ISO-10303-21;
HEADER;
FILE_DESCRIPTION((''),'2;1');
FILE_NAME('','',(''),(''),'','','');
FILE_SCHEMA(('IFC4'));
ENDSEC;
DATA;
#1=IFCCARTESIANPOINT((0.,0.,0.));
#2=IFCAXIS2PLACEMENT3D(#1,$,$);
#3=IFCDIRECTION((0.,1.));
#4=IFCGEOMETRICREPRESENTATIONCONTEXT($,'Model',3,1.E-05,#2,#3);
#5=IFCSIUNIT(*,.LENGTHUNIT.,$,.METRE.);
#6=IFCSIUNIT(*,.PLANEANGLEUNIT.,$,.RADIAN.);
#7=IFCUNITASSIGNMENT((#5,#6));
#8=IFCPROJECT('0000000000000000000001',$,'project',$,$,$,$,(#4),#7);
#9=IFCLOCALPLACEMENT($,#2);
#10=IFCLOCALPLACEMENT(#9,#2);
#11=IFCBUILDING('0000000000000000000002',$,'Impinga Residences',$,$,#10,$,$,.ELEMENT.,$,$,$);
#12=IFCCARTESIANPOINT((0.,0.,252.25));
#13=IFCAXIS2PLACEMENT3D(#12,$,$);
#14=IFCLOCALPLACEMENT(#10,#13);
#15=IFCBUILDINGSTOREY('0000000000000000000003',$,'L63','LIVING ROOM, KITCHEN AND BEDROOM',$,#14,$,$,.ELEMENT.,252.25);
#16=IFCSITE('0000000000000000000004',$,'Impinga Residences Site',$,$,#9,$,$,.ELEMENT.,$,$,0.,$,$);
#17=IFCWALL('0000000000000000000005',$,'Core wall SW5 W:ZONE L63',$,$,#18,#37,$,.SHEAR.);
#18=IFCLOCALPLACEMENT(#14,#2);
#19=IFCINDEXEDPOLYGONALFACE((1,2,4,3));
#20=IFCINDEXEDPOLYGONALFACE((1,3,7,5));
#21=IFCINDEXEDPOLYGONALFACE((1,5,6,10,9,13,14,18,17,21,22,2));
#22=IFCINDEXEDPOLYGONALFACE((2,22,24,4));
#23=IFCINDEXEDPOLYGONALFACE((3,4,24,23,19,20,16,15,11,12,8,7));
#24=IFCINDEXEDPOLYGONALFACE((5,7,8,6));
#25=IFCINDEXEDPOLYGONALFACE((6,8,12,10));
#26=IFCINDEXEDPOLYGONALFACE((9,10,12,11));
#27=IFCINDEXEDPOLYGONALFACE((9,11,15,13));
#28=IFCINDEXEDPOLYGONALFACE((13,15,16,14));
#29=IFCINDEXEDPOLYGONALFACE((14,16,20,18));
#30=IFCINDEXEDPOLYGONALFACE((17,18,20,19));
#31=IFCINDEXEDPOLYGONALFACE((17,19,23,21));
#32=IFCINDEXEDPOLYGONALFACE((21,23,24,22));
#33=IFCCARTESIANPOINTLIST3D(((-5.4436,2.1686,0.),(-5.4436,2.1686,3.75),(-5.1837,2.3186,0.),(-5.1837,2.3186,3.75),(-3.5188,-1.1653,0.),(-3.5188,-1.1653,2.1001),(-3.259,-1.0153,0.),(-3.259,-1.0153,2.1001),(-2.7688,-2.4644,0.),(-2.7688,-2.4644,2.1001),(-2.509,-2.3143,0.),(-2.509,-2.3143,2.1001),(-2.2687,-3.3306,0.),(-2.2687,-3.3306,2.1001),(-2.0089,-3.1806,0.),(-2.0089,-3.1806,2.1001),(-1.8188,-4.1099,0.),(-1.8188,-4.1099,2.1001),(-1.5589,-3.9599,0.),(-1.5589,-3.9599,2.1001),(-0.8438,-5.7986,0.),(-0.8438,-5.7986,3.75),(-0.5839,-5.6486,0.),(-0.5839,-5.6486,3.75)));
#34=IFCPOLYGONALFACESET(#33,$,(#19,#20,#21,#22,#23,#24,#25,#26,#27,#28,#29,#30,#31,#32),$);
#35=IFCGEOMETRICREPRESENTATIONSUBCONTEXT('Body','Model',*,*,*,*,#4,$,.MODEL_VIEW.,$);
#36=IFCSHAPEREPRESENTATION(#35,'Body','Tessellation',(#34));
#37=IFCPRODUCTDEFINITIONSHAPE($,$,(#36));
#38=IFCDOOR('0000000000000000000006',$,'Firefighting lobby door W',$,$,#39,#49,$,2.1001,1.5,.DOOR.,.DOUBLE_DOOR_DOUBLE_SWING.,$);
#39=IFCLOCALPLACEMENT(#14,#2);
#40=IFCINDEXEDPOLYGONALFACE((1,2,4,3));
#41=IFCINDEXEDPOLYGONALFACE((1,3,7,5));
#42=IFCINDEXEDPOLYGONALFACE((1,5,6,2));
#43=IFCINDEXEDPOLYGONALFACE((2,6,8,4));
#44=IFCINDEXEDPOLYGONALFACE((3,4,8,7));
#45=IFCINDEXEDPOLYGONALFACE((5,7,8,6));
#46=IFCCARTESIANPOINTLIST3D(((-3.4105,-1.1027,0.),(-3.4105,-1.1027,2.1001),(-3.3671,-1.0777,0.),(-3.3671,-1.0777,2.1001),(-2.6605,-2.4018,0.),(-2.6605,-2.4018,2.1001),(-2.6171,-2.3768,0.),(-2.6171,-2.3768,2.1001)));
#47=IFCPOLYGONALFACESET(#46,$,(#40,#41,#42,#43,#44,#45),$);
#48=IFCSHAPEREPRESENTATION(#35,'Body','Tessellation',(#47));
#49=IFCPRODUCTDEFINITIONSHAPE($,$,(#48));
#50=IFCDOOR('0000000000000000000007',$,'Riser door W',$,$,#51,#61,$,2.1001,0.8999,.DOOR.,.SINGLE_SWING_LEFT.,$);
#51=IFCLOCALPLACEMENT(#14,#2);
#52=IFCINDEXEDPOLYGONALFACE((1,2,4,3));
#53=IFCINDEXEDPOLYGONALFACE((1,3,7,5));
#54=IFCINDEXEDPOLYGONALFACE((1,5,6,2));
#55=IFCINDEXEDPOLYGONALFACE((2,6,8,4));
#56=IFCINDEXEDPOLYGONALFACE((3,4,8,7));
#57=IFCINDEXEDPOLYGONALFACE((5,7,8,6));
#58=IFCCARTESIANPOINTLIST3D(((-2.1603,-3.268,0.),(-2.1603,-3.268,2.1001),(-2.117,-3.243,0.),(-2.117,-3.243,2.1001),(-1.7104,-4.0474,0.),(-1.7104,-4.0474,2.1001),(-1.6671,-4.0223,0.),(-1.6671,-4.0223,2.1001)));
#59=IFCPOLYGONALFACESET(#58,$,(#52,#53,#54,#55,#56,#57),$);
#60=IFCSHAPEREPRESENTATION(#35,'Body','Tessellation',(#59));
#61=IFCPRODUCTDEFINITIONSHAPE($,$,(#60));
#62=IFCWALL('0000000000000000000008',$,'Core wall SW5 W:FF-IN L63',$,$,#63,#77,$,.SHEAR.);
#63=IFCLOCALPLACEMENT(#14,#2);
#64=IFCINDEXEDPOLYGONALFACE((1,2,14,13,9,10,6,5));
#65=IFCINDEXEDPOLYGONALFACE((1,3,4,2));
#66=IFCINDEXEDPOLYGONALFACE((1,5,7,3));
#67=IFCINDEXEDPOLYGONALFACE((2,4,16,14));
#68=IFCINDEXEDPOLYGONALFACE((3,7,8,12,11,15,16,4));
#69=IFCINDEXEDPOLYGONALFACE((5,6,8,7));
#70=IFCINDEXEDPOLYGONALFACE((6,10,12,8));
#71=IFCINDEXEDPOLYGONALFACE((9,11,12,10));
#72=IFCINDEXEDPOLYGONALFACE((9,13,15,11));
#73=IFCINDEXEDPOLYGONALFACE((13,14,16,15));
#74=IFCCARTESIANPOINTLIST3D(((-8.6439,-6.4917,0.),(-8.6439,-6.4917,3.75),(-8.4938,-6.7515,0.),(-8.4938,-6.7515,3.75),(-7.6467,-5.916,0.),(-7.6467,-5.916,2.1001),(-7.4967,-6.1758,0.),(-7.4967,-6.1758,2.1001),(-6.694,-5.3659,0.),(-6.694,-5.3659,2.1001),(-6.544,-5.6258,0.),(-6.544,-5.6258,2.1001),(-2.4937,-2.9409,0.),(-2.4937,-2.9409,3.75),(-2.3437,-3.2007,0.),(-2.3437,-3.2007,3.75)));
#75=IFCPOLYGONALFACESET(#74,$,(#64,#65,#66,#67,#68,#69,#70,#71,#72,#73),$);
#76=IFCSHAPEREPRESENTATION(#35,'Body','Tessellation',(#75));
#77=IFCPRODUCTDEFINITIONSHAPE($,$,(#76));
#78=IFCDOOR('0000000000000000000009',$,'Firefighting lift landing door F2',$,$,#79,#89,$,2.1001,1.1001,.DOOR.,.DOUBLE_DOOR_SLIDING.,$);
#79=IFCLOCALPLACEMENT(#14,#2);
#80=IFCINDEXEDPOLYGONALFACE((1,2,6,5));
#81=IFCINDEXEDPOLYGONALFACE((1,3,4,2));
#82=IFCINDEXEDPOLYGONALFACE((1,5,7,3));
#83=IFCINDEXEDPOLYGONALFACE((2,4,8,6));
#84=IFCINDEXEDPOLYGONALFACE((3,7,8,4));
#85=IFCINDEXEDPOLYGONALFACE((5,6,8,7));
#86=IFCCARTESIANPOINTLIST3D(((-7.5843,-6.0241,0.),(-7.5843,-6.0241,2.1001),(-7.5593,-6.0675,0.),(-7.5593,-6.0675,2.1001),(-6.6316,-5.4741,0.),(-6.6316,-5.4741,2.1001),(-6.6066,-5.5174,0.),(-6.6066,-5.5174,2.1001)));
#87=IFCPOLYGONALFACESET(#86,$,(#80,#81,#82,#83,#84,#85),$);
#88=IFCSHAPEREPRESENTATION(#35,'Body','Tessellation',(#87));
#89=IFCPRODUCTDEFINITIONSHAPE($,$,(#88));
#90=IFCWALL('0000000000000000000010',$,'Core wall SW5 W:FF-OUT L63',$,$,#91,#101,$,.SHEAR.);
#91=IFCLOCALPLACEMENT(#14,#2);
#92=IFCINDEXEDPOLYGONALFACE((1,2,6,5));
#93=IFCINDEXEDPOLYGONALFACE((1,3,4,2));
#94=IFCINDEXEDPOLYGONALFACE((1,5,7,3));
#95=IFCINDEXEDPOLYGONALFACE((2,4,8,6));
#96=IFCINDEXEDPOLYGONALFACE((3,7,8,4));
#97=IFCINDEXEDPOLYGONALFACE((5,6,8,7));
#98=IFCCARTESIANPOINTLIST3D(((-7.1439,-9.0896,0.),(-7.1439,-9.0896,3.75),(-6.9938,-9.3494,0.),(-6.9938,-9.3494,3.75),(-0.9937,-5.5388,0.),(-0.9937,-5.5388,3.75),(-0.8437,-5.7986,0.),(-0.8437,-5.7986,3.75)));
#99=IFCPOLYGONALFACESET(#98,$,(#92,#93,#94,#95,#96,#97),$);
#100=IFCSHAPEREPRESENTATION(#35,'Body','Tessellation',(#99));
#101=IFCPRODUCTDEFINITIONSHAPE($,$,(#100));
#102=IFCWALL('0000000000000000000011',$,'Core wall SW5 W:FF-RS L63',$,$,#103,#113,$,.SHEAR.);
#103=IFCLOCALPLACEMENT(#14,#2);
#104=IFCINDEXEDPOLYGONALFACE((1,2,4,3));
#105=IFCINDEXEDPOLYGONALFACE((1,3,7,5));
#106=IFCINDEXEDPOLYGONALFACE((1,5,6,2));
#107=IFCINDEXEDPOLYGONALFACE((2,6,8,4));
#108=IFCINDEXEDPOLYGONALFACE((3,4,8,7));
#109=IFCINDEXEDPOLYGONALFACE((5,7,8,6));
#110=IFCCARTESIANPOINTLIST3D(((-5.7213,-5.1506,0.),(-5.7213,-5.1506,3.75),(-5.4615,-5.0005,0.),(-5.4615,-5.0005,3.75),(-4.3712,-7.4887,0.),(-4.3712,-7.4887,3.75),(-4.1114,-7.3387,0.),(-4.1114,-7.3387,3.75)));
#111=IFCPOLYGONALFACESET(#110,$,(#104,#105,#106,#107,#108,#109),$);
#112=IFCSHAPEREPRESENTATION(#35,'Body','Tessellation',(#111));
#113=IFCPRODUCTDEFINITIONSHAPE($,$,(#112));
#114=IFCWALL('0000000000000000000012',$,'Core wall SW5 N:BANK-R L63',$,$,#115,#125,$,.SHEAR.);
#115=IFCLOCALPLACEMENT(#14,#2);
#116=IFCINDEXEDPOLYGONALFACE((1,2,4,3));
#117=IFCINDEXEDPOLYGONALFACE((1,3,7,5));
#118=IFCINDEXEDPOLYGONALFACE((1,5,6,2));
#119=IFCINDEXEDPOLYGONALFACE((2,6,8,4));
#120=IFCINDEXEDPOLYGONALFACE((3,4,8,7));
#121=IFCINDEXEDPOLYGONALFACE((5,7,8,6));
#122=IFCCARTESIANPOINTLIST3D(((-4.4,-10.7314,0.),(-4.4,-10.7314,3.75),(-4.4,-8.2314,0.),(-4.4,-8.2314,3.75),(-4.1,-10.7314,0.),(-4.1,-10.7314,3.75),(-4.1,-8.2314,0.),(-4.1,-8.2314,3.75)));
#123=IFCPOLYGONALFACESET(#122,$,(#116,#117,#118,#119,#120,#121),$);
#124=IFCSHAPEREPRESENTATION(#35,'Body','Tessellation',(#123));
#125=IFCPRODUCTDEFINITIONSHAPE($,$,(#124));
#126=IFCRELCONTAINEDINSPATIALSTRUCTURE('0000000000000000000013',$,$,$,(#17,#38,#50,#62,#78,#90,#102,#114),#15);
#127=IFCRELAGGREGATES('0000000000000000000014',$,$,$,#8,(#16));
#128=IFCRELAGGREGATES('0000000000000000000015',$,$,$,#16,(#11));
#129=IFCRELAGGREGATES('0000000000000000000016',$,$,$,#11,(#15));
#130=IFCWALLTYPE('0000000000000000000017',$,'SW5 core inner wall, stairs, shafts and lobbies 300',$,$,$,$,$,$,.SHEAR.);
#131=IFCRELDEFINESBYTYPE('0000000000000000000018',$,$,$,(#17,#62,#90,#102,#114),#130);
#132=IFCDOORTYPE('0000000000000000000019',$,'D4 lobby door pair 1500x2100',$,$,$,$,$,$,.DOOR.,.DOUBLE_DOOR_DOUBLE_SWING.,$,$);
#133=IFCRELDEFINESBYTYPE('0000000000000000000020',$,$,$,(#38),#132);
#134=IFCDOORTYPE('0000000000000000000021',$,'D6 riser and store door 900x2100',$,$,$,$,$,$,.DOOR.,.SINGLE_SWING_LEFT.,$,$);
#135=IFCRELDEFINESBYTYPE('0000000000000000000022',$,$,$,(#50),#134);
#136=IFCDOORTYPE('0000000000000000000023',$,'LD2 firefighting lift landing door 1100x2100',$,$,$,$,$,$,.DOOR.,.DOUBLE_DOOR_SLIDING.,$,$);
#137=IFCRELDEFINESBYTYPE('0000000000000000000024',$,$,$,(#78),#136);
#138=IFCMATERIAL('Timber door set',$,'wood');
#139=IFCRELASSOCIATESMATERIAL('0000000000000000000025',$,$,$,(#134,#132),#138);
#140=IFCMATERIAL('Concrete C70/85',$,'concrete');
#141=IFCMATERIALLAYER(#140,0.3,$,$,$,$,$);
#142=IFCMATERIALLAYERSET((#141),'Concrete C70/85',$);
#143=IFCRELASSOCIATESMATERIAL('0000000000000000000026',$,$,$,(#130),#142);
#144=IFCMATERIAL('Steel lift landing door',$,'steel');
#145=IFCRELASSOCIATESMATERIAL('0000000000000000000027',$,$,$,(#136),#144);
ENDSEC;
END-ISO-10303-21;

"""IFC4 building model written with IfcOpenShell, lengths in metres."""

from ifc_helpers import new_model, si_unit, direction, frame, frame_2d, origin, place, context, subcontext, project, spatial, rectangle, extrude, material, layer, layer_set, type_object, element, fill, save


model = new_model("IFC4")

# Units and contexts
model_context = context("Model", 3, precision=1e-05, world=origin(), true_north=direction((0.0, 1.0)))
body_context = subcontext(model_context, "Body", "Model", "MODEL_VIEW")
ifc_project = project(units=[si_unit("LENGTHUNIT", "METRE"), si_unit("PLANEANGLEUNIT", "RADIAN")], contexts=[model_context])

# Site, building, storey
site_placement = place(None, origin())
site = spatial("IfcSite", under=ifc_project, at=site_placement, Name="Impinga Residences Site", CompositionType="ELEMENT", RefElevation=0.0)
building_placement = place(site_placement, origin())
building = spatial("IfcBuilding", under=site, at=building_placement, Name="Impinga Residences", CompositionType="ELEMENT")
storey_placement = place(building_placement, frame((0.0, 0.0, 252.25)))
storey = spatial("IfcBuildingStorey", under=building, at=storey_placement, Name="L63", Description="LIVING ROOM, KITCHEN AND BEDROOM", CompositionType="ELEMENT", Elevation=252.25)

# Shared definitions
ifc_material_1 = material(Name="Timber door set", Category="wood")

# Shared definitions
door_type_1 = type_object("IfcDoorType", Name="D6 riser and store door 900x2100", OperationType="SINGLE_SWING_LEFT", PredefinedType="DOOR", material=ifc_material_1)

# Wall, openings, doors
ifc_material_2 = material(Name="Concrete C70/85", Category="concrete")
ifc_layer_1 = layer(ifc_material_2, 0.3)
ifc_layer_set_1 = layer_set([ifc_layer_1], Name="Concrete C70/85")
wall_type_1 = type_object("IfcWallType", Name="SW5 core inner wall, stairs, shafts and lobbies 300", PredefinedType="SHEAR", material=ifc_layer_set_1)
wall_1_placement = place(storey_placement, frame((-0.7139, -5.7236, 0.0), z_axis=(0.0, 0.0, 1.0), x_axis=(-0.499995, 0.866028, 0.0)))
wall_1 = element("IfcWall", 1, at=wall_1_placement, inside=storey, type_object=wall_type_1, Name="Core wall SW5 W:ZONE L63", PredefinedType="SHEAR", context=body_context, shape_type="SweptSolid", body=[
    extrude(rectangle(XDim=9.1997, YDim=0.3, at=frame_2d((4.5999, 0.0))), origin(), (0.0, 0.0, 1.0), 3.75),
])
opening_1_placement = place(wall_1_placement, frame((3.8501, 0.0, 0.0)))
opening_1 = element("IfcOpeningElement", 2, at=opening_1_placement, cuts=wall_1, PredefinedType="OPENING", context=body_context, shape_type="SweptSolid", body=[
    extrude(rectangle(XDim=1.5, YDim=2.1001, at=frame_2d((0.75, 1.05))), frame((0.0, 0.1599, 0.0), z_axis=(0.0, -1.0, 0.0), x_axis=(1.0, 0.0, 0.0)), (0.0, 0.0, 1.0), 0.3201),
])
opening_2_placement = place(wall_1_placement, frame((1.95, 0.0, 0.0)))
opening_2 = element("IfcOpeningElement", 3, at=opening_2_placement, cuts=wall_1, PredefinedType="OPENING", context=body_context, shape_type="SweptSolid", body=[
    extrude(rectangle(XDim=0.8999, YDim=2.1001, at=frame_2d((0.45, 1.05))), frame((0.0, 0.1599, 0.0), z_axis=(0.0, -1.0, 0.0), x_axis=(1.0, 0.0, 0.0)), (0.0, 0.0, 1.0), 0.3201),
])
door_type_2 = type_object("IfcDoorType", Name="D4 lobby door pair 1500x2100", OperationType="DOUBLE_DOOR_DOUBLE_SWING", PredefinedType="DOOR", material=ifc_material_1)
door_1_placement = place(opening_1_placement, origin())
door_1 = element("IfcDoor", 4, at=door_1_placement, inside=storey, type_object=door_type_2, Name="Firefighting lobby door W", OperationType="DOUBLE_DOOR_DOUBLE_SWING", OverallHeight=2.1001, OverallWidth=1.5, PredefinedType="DOOR", context=body_context, shape_type="SweptSolid", body=[
    extrude(rectangle(XDim=1.5, YDim=2.1001, at=frame_2d((0.75, 1.05))), frame((0.0, 0.0249, 0.0), z_axis=(0.0, -1.0, 0.0), x_axis=(1.0, 0.0, 0.0)), (0.0, 0.0, 1.0), 0.05),
])
fill(opening_1, door_1)
door_2_placement = place(opening_2_placement, origin())
door_2 = element("IfcDoor", 5, at=door_2_placement, inside=storey, type_object=door_type_1, Name="Riser door W", OperationType="SINGLE_SWING_LEFT", OverallHeight=2.1001, OverallWidth=0.8999, PredefinedType="DOOR", context=body_context, shape_type="SweptSolid", body=[
    extrude(rectangle(XDim=0.8999, YDim=2.1001, at=frame_2d((0.45, 1.05))), frame((0.0, 0.0249, 0.0), z_axis=(0.0, -1.0, 0.0), x_axis=(1.0, 0.0, 0.0)), (0.0, 0.0, 1.0), 0.05),
])
fill(opening_2, door_2)

# Wall, opening, door
wall_2_placement = place(storey_placement, frame((-2.4187, -3.0708, 0.0), z_axis=(0.0, 0.0, 1.0), x_axis=(-0.866026, -0.499999, 0.0)))
wall_2 = element("IfcWall", 6, at=wall_2_placement, inside=storey, type_object=wall_type_1, Name="Core wall SW5 W:FF-IN L63", PredefinedType="SHEAR", context=body_context, shape_type="SweptSolid", body=[
    extrude(rectangle(XDim=7.1016, YDim=0.3, at=frame_2d((3.5508, 0.0))), origin(), (0.0, 0.0, 1.0), 3.75),
])
opening_3_placement = place(wall_2_placement, frame((4.8501, 0.0, 0.0)))
opening_3 = element("IfcOpeningElement", 7, at=opening_3_placement, cuts=wall_2, PredefinedType="OPENING", context=body_context, shape_type="SweptSolid", body=[
    extrude(rectangle(XDim=1.1001, YDim=2.1001, at=frame_2d((0.55, 1.05))), frame((0.0, 0.1599, 0.0), z_axis=(0.0, -1.0, 0.0), x_axis=(1.0, 0.0, 0.0)), (0.0, 0.0, 1.0), 0.3201),
])
ifc_material_3 = material(Name="Steel lift landing door", Category="steel")
door_type_3 = type_object("IfcDoorType", Name="LD2 firefighting lift landing door 1100x2100", OperationType="DOUBLE_DOOR_SLIDING", PredefinedType="DOOR", material=ifc_material_3)
door_3_placement = place(opening_3_placement, origin())
door_3 = element("IfcDoor", 8, at=door_3_placement, inside=storey, type_object=door_type_3, Name="Firefighting lift landing door F2", OperationType="DOUBLE_DOOR_SLIDING", OverallHeight=2.1001, OverallWidth=1.1001, PredefinedType="DOOR", context=body_context, shape_type="SweptSolid", body=[
    extrude(rectangle(XDim=1.1001, YDim=2.1001, at=frame_2d((0.55, 1.05))), frame((0.0, 0.0249, 0.0), z_axis=(0.0, -1.0, 0.0), x_axis=(1.0, 0.0, 0.0)), (0.0, 0.0, 1.0), 0.05),
])
fill(opening_3, door_3)

# Walls
wall_3_placement = place(storey_placement, frame((-0.9187, -5.6687, 0.0), z_axis=(0.0, 0.0, 1.0), x_axis=(-0.866026, -0.499999, 0.0)))
element("IfcWall", 9, at=wall_3_placement, inside=storey, type_object=wall_type_1, Name="Core wall SW5 W:FF-OUT L63", PredefinedType="SHEAR", context=body_context, shape_type="SweptSolid", body=[
    extrude(rectangle(XDim=7.1016, YDim=0.3, at=frame_2d((3.5508, 0.0))), origin(), (0.0, 0.0, 1.0), 3.75),
])
wall_4_placement = place(storey_placement, frame((-4.2412, -7.4138, 0.0), z_axis=(0.0, 0.0, 1.0), x_axis=(-0.500049, 0.865997, 0.0)))
element("IfcWall", 10, at=wall_4_placement, inside=storey, type_object=wall_type_1, Name="Core wall SW5 W:FF-RS L63", PredefinedType="SHEAR", context=body_context, shape_type="SweptSolid", body=[
    extrude(rectangle(XDim=2.7, YDim=0.3, at=frame_2d((1.3501, 0.0))), origin(), (0.0, 0.0, 1.0), 3.75),
])
wall_5_placement = place(storey_placement, frame((-4.25, -8.2314, 0.0), z_axis=(0.0, 0.0, 1.0), x_axis=(0.0, -1.0, 0.0)))
element("IfcWall", 11, at=wall_5_placement, inside=storey, type_object=wall_type_1, Name="Core wall SW5 N:BANK-R L63", PredefinedType="SHEAR", context=body_context, shape_type="SweptSolid", body=[
    extrude(rectangle(XDim=2.5, YDim=0.3, at=frame_2d((1.25, 0.0))), origin(), (0.0, 0.0, 1.0), 3.75),
])

save(model, "model.ifc")
